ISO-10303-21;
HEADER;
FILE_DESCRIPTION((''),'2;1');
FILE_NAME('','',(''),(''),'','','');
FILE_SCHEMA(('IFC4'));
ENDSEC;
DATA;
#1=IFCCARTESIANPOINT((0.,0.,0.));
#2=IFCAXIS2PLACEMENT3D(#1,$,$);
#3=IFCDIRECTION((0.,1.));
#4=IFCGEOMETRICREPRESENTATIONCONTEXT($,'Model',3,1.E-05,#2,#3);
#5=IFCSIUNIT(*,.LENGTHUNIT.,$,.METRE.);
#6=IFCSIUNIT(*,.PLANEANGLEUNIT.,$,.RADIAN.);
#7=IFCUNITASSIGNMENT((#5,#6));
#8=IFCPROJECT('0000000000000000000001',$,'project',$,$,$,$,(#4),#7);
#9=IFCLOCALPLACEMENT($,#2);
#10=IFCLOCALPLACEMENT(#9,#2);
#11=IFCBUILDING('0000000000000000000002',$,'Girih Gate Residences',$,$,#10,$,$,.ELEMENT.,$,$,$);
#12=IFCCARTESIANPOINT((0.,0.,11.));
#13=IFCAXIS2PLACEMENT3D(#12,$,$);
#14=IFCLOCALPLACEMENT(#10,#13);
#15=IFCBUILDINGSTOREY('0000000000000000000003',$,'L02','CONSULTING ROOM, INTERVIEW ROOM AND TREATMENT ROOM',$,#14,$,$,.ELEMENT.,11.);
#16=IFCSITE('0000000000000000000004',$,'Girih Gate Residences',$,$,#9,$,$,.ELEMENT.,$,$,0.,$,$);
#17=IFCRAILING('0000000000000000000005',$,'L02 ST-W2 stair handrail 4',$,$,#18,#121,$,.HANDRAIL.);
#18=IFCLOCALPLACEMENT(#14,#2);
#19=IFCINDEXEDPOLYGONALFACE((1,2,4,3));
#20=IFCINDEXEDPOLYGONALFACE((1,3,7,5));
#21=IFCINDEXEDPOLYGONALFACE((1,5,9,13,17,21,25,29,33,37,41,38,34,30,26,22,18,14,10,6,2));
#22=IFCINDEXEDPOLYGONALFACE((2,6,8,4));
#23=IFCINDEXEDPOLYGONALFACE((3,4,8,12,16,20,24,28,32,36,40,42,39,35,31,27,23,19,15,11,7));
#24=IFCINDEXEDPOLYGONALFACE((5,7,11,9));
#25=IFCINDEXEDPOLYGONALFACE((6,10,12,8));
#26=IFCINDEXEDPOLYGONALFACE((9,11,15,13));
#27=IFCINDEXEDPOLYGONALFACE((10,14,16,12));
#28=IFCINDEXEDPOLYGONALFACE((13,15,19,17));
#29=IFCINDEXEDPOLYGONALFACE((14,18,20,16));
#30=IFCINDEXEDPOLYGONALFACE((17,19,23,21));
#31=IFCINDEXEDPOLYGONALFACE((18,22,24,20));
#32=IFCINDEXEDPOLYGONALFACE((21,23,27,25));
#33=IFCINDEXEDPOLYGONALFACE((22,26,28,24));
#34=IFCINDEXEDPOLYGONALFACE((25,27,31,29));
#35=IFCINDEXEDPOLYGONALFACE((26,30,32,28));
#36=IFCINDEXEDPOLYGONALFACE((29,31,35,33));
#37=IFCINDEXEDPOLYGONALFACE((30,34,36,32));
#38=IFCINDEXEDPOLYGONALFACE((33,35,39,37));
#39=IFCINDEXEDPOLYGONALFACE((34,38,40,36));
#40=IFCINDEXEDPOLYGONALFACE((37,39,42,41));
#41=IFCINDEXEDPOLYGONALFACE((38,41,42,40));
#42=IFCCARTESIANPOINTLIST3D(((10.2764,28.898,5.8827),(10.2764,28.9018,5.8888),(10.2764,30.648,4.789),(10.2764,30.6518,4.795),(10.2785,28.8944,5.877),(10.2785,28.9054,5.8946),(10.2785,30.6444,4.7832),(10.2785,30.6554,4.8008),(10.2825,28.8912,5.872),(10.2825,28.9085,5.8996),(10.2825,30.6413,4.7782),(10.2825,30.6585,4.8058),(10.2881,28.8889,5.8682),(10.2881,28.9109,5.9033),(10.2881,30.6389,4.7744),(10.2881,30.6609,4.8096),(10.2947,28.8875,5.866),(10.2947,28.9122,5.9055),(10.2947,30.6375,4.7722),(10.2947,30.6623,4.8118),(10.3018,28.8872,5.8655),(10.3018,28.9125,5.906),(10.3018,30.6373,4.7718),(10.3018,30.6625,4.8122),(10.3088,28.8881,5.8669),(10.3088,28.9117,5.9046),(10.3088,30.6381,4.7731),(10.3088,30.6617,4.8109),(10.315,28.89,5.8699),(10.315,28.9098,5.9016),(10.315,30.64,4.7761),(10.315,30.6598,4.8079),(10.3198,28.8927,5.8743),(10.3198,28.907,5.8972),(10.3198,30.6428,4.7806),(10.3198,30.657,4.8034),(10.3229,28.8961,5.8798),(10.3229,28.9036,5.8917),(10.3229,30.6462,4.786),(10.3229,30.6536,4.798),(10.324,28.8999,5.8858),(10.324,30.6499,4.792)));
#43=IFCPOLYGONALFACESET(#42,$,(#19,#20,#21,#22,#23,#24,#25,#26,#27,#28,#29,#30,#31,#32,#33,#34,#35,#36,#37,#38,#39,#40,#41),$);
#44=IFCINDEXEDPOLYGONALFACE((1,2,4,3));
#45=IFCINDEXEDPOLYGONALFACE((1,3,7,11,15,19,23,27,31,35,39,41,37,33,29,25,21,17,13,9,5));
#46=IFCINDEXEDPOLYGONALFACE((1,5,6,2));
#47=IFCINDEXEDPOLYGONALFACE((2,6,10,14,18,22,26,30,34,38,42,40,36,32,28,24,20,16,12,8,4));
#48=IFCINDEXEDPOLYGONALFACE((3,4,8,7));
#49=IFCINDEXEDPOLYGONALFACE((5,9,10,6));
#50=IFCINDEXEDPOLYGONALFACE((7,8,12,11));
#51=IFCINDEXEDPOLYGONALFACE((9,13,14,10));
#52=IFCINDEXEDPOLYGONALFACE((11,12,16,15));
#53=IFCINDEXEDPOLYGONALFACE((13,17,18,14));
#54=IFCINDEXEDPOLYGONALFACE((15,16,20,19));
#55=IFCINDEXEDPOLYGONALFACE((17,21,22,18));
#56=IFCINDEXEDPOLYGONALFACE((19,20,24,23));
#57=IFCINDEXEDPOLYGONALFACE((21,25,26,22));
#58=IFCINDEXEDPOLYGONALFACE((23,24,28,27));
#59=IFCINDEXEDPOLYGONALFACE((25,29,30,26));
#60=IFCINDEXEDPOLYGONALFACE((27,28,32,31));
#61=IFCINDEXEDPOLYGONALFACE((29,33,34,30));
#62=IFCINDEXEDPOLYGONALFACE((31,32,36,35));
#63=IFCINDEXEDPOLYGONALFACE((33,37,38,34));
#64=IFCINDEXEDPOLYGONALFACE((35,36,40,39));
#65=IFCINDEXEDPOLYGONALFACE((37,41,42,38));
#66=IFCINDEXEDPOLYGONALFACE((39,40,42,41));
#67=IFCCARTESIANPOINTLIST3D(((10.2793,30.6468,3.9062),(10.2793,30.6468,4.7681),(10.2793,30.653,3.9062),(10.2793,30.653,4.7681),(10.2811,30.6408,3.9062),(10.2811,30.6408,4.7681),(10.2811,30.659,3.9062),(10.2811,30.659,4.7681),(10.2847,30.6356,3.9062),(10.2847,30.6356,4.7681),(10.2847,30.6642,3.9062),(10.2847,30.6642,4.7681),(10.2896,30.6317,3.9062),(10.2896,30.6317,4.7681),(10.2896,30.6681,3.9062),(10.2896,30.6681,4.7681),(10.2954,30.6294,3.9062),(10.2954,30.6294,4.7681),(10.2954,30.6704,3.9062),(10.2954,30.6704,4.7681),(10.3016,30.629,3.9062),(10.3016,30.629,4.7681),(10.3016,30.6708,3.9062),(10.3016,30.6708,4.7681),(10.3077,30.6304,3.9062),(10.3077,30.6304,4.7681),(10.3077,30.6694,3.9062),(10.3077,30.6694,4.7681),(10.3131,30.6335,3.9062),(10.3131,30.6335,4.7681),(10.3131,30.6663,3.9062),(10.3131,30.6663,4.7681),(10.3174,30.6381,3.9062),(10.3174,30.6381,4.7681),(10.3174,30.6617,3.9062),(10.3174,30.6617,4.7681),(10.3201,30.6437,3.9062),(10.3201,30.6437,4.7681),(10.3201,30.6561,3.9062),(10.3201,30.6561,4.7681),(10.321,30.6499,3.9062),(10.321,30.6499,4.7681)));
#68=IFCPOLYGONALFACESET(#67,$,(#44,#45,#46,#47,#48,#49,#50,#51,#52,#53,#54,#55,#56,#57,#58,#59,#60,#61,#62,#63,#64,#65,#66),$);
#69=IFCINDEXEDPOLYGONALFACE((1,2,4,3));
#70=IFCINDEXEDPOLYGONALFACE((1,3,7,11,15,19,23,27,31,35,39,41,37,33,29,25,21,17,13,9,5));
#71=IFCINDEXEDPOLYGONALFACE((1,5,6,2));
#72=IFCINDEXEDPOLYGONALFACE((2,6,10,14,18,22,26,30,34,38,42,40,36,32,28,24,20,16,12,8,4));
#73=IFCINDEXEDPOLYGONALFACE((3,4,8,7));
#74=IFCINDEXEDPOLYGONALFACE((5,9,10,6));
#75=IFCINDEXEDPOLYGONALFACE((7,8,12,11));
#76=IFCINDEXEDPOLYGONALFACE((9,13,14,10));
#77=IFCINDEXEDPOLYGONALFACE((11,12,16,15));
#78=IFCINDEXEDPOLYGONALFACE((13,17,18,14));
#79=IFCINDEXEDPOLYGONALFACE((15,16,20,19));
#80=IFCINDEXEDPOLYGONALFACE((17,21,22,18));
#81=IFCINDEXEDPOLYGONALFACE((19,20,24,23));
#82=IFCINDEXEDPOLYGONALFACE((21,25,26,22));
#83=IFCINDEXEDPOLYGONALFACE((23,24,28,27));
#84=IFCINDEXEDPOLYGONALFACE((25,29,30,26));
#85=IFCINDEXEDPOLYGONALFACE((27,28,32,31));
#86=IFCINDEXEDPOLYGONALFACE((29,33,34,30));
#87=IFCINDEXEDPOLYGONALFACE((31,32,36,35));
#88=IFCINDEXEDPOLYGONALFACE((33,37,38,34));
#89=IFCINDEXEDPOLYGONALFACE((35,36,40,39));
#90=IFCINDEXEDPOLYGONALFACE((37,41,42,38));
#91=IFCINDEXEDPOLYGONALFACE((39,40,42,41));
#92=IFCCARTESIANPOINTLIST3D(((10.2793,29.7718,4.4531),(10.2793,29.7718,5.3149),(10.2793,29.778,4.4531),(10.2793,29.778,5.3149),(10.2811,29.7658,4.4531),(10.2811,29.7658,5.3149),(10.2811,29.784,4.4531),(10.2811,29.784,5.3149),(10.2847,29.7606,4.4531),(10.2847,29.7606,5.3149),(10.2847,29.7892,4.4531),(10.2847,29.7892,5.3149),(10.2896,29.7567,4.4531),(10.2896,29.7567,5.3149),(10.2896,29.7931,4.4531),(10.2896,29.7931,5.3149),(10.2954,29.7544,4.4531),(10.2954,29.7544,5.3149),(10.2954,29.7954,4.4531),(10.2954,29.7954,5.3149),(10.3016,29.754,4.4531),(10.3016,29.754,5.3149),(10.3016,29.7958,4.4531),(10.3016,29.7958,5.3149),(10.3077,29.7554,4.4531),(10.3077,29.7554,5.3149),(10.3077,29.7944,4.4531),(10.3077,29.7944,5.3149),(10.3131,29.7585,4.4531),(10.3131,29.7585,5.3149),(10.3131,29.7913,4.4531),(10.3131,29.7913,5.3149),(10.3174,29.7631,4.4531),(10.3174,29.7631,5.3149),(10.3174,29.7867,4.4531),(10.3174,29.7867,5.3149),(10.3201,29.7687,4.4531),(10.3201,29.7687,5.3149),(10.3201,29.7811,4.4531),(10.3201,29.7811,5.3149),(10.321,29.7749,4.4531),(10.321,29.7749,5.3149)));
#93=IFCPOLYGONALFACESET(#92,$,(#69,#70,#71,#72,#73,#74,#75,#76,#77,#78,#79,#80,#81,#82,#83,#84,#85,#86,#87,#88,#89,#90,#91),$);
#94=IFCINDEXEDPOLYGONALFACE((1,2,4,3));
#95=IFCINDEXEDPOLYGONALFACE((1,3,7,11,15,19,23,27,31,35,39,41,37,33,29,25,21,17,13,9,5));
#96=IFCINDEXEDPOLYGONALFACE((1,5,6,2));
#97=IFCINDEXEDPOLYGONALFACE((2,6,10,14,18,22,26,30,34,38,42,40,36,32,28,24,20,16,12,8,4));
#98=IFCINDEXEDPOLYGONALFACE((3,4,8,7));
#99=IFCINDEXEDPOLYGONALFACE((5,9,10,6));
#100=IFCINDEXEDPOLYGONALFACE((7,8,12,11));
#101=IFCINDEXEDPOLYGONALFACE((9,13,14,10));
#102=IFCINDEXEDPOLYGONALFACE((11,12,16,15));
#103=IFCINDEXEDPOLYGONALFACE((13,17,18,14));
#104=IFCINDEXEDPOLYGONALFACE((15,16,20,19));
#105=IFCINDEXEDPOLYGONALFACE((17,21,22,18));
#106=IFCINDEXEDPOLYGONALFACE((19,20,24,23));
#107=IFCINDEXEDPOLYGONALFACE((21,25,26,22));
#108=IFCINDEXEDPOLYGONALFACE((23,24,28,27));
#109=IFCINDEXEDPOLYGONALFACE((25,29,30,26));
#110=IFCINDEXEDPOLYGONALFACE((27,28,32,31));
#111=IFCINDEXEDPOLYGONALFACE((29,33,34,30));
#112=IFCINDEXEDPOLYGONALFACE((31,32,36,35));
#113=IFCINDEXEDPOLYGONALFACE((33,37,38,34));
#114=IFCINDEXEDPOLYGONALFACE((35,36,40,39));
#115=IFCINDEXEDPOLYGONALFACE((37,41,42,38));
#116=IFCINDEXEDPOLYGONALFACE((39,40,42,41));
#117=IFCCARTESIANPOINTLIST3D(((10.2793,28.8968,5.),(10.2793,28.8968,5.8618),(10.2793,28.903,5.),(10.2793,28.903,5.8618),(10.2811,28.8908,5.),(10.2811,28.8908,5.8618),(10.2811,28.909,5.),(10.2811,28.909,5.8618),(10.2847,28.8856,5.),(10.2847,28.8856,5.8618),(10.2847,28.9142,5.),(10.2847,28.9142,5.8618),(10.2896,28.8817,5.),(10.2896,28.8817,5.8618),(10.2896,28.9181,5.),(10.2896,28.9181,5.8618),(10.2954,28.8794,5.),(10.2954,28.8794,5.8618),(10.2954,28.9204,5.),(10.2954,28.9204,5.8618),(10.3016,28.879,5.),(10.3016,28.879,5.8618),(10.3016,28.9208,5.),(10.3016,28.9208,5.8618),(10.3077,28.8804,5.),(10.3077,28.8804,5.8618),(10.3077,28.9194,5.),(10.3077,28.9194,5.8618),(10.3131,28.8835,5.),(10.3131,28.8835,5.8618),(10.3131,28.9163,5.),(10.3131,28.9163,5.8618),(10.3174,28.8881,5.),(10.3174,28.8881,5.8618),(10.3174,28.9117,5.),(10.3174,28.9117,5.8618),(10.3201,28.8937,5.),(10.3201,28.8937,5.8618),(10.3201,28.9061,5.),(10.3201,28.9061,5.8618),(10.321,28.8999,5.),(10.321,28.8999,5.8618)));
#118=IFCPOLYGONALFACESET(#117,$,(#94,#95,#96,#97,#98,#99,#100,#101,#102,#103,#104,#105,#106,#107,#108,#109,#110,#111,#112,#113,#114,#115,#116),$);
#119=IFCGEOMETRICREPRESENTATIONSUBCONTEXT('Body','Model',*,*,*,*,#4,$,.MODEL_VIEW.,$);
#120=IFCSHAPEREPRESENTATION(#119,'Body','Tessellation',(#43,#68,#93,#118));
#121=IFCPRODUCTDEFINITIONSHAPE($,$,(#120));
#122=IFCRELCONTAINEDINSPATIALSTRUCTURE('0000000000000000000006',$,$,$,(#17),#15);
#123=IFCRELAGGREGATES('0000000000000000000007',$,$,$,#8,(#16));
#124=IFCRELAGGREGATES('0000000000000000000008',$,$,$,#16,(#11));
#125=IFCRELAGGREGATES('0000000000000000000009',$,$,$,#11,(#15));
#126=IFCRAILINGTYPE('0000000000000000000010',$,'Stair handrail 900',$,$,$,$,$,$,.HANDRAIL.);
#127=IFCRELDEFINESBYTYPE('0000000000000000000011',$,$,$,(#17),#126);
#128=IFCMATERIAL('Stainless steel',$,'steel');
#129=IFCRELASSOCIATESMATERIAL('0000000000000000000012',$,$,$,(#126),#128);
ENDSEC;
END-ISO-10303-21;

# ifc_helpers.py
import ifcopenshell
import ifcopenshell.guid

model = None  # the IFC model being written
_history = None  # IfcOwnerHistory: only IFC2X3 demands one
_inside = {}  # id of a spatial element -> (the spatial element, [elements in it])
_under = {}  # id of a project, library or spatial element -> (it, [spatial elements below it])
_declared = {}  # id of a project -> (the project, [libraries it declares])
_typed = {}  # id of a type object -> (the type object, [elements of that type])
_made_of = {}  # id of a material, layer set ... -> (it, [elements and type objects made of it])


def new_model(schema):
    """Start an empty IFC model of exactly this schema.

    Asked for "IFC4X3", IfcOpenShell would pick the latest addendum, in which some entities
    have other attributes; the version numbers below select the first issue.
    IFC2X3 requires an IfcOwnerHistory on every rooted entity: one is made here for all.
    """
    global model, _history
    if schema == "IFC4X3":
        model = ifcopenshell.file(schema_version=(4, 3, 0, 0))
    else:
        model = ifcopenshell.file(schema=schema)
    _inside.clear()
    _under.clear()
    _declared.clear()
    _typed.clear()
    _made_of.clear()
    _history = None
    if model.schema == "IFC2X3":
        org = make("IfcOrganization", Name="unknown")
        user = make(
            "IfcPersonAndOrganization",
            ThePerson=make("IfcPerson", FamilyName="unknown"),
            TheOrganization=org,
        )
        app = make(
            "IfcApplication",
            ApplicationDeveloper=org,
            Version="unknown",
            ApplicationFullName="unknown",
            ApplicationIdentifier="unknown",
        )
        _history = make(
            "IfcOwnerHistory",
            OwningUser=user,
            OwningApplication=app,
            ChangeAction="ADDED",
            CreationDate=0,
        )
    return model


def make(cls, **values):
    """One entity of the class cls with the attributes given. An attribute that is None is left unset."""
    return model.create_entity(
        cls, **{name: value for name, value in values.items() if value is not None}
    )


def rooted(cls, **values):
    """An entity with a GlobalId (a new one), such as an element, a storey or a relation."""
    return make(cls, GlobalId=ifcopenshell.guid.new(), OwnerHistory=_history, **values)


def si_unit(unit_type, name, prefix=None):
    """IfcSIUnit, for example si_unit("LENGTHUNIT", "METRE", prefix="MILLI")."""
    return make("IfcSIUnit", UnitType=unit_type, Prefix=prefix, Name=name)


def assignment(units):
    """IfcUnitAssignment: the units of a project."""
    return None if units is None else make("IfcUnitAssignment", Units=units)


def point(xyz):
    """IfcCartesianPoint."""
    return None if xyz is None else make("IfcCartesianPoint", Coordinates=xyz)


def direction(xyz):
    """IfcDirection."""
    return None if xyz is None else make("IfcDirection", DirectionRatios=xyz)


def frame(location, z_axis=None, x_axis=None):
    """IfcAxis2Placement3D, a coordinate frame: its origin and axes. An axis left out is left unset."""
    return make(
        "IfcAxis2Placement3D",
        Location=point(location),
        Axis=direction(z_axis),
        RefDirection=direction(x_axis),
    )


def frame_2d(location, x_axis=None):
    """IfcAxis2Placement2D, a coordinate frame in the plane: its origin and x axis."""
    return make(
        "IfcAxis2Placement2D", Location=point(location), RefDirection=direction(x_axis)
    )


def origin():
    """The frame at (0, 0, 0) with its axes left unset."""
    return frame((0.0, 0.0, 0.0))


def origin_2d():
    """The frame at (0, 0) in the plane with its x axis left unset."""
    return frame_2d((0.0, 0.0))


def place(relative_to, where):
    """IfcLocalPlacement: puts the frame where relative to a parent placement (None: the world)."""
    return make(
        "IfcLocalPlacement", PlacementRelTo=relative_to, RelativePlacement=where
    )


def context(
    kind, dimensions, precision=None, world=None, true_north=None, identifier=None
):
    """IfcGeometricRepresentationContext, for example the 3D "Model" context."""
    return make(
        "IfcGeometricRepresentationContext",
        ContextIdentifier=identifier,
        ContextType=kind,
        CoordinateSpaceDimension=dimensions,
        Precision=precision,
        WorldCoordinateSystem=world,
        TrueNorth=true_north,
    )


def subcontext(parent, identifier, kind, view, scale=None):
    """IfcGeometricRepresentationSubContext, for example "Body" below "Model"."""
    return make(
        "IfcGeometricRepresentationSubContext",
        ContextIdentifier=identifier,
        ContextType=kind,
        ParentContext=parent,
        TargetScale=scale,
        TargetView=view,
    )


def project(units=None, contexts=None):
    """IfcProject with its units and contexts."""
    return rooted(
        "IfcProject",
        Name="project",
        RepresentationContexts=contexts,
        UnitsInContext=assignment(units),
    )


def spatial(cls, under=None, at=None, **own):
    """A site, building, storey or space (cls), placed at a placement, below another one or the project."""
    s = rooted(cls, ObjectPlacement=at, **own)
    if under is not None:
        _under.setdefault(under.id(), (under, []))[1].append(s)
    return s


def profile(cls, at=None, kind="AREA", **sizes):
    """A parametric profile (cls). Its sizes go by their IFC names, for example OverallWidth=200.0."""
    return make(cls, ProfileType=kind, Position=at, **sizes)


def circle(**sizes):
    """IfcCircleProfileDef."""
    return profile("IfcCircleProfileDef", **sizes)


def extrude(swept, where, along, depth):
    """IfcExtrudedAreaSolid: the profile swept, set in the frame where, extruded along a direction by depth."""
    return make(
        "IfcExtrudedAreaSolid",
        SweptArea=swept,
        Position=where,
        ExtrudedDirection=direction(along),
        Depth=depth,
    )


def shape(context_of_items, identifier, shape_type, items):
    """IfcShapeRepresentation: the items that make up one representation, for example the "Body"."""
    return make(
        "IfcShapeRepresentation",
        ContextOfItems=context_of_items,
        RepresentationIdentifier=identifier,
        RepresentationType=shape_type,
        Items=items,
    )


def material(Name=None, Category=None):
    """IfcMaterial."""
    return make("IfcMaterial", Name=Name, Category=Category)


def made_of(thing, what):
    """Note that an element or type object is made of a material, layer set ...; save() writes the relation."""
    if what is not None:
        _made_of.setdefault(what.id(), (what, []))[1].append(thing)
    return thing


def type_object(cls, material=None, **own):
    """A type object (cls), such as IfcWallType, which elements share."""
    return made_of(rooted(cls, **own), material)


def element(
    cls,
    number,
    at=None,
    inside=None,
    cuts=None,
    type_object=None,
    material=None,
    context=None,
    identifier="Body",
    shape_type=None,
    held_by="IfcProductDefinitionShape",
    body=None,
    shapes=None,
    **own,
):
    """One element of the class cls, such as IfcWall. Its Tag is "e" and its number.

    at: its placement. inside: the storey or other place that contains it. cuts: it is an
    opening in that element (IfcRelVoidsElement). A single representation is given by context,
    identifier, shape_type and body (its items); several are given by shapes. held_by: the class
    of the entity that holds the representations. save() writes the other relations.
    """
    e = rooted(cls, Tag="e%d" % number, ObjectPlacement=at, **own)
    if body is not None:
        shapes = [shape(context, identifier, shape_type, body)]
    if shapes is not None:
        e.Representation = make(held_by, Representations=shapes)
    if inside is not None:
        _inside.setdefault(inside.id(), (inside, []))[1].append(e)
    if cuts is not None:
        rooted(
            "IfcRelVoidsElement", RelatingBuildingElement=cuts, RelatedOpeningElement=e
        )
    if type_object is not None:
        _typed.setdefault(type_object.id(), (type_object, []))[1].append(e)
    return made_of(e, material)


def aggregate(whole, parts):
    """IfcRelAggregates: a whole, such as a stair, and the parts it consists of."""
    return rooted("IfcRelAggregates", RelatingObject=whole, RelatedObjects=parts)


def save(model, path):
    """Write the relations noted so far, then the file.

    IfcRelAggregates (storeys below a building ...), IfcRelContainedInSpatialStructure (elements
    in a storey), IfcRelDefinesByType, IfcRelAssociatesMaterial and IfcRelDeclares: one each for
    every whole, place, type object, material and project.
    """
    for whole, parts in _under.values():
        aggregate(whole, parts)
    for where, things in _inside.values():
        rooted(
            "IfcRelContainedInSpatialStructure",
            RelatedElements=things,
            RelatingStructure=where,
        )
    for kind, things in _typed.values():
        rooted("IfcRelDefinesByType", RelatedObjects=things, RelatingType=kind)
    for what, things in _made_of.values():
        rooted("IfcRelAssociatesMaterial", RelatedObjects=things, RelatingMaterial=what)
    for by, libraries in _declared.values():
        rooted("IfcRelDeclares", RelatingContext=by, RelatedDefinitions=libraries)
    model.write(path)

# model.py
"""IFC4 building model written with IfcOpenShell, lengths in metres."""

from ifc_helpers import new_model, si_unit, direction, frame, origin, origin_2d, place, context, subcontext, project, spatial, circle, extrude, material, type_object, element, save


model = new_model("IFC4")

# Units and contexts
model_context = context("Model", 3, precision=1e-05, world=origin(), true_north=direction((0.0, 1.0)))
body_context = subcontext(model_context, "Body", "Model", "MODEL_VIEW")
ifc_project = project(units=[si_unit("LENGTHUNIT", "METRE"), si_unit("PLANEANGLEUNIT", "RADIAN")], contexts=[model_context])

# Site, building, storey
site_placement = place(None, origin())
site = spatial("IfcSite", under=ifc_project, at=site_placement, Name="Girih Gate Residences", CompositionType="ELEMENT", RefElevation=0.0)
building_placement = place(site_placement, origin())
building = spatial("IfcBuilding", under=site, at=building_placement, Name="Girih Gate Residences", CompositionType="ELEMENT")
storey_placement = place(building_placement, frame((0.0, 0.0, 11.0)))
storey = spatial("IfcBuildingStorey", under=building, at=storey_placement, Name="L02", Description="CONSULTING ROOM, INTERVIEW ROOM AND TREATMENT ROOM", CompositionType="ELEMENT", Elevation=11.0)

# Railing
ifc_material_1 = material(Name="Stainless steel", Category="steel")
railing_type_1 = type_object("IfcRailingType", Name="Stair handrail 900", PredefinedType="HANDRAIL", material=ifc_material_1)
railing_1_placement = place(storey_placement, frame((10.3, 30.6499, 3.9062)))
element("IfcRailing", 1, at=railing_1_placement, inside=storey, type_object=railing_type_1, Name="L02 ST-W2 stair handrail 4", PredefinedType="HANDRAIL", context=body_context, shape_type="SweptSolid", body=[
    extrude(circle(Radius=0.0239, at=origin_2d()), frame((0.0, 0.0, 0.8857), z_axis=(0.0, -0.847998, 0.529999), x_axis=(1.0, 0.0, 0.0)), (0.0, 0.0, 1.0), 2.0637),
    extrude(circle(Radius=0.021, at=origin_2d()), origin(), (0.0, 0.0, 1.0), 0.8618),
    extrude(circle(Radius=0.021, at=origin_2d()), frame((0.0, -0.875, 0.5469)), (0.0, 0.0, 1.0), 0.8618),
    extrude(circle(Radius=0.021, at=origin_2d()), frame((0.0, -1.75, 1.0938)), (0.0, 0.0, 1.0), 0.8618),
])

save(model, "model.ifc")
